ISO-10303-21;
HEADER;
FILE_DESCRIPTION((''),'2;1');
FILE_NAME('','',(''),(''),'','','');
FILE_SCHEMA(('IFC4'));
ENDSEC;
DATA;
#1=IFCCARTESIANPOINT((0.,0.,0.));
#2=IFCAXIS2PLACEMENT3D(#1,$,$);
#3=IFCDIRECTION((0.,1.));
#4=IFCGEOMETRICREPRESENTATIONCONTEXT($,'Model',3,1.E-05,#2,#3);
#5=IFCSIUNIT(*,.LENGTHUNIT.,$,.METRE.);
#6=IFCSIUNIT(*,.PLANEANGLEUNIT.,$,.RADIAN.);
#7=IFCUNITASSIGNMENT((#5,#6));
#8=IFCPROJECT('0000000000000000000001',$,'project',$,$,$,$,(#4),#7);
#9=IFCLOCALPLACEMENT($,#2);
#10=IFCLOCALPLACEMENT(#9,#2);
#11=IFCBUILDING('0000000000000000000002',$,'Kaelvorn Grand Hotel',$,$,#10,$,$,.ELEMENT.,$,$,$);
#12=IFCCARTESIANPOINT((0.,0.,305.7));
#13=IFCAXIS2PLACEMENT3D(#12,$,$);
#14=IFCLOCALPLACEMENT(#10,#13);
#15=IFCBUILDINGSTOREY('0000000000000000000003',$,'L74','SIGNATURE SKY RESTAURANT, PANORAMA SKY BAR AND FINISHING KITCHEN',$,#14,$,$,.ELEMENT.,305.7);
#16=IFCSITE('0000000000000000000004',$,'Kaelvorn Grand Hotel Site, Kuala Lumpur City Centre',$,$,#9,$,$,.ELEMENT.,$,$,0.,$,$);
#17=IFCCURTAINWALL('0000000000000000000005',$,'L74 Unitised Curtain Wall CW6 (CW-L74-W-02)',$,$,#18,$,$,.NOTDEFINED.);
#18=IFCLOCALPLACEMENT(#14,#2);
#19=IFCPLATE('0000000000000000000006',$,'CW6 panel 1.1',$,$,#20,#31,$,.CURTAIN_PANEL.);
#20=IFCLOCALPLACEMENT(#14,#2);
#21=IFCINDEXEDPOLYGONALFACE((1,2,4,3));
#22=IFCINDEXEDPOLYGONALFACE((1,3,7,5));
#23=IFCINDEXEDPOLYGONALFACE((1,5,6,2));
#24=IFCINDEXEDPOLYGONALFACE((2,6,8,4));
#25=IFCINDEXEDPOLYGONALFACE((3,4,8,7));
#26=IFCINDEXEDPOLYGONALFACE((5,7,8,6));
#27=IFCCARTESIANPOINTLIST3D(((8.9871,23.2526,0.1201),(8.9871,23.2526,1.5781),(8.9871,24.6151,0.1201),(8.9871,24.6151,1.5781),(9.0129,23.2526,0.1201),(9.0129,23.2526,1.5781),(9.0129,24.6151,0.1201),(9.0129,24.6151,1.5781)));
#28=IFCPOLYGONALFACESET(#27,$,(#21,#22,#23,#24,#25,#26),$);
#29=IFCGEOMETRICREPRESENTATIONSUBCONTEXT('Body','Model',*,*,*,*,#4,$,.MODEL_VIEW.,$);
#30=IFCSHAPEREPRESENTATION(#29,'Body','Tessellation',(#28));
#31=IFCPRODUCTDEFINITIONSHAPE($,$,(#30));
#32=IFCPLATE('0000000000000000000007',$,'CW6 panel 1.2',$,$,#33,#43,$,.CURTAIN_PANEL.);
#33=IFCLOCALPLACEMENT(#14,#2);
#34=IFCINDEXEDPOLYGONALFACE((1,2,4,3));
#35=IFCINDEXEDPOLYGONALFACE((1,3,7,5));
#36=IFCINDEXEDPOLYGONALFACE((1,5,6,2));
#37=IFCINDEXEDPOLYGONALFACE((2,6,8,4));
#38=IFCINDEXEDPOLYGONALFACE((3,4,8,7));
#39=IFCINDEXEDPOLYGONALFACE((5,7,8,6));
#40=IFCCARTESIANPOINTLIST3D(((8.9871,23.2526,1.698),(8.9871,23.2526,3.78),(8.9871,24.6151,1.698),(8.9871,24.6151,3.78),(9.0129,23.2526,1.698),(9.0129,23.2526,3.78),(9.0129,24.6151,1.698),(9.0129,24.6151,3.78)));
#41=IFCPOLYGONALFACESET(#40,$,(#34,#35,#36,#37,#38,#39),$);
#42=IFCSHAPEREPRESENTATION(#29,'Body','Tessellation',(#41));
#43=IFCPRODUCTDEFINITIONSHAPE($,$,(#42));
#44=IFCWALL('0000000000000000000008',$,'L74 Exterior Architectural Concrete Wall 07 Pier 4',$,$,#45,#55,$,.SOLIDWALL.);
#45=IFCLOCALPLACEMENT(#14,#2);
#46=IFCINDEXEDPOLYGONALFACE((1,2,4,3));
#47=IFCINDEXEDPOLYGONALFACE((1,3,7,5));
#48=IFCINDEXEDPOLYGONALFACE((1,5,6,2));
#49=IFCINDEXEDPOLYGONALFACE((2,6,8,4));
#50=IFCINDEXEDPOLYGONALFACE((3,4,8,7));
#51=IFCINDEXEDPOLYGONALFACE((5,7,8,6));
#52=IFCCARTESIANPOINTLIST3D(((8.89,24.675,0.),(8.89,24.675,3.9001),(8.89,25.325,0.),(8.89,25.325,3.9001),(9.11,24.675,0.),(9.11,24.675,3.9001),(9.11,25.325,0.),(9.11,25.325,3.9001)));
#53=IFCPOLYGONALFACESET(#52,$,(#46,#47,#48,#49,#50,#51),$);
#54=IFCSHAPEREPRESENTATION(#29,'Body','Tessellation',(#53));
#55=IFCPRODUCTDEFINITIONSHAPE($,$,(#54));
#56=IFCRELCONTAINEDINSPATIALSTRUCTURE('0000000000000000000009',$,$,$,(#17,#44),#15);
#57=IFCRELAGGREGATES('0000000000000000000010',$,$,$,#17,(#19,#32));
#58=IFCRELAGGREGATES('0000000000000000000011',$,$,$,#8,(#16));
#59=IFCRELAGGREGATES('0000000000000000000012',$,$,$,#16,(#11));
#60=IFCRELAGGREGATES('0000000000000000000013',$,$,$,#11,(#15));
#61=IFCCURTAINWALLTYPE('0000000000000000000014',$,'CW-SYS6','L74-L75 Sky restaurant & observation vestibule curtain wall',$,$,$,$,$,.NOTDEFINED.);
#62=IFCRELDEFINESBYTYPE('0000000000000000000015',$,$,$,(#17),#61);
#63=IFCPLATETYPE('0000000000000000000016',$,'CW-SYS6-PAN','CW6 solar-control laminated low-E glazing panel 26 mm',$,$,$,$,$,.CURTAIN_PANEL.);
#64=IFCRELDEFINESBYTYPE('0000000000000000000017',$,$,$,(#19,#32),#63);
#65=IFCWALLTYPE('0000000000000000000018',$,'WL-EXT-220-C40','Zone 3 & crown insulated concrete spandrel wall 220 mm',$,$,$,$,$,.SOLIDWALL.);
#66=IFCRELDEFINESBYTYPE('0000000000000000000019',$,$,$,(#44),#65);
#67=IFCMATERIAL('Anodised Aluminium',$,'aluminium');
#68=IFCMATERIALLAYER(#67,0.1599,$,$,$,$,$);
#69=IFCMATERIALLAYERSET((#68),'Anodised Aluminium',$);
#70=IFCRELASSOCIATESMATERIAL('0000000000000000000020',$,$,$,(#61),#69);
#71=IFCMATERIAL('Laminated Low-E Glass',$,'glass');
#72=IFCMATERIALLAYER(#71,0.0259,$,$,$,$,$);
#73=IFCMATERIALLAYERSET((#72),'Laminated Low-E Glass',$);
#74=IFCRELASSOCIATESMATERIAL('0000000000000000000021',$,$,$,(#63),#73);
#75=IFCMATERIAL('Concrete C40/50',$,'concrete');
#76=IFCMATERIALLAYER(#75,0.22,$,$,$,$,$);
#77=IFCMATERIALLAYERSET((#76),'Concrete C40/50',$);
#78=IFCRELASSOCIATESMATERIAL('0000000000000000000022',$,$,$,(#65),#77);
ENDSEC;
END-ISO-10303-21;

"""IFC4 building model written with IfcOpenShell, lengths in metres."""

from ifc_helpers import new_model, si_unit, direction, frame, frame_2d, origin, origin_2d, place, context, subcontext, project, spatial, rectangle, extrude, material, layer, layer_set, type_object, element, aggregate, save


model = new_model("IFC4")

# Units and contexts
model_context = context("Model", 3, precision=1e-05, world=origin(), true_north=direction((0.0, 1.0)))
body_context = subcontext(model_context, "Body", "Model", "MODEL_VIEW")
ifc_project = project(units=[si_unit("LENGTHUNIT", "METRE"), si_unit("PLANEANGLEUNIT", "RADIAN")], contexts=[model_context])

# Site, building, storey
site_placement = place(None, origin())
site = spatial("IfcSite", under=ifc_project, at=site_placement, Name="Kaelvorn Grand Hotel Site, Kuala Lumpur City Centre", CompositionType="ELEMENT", RefElevation=0.0)
building_placement = place(site_placement, origin())
building = spatial("IfcBuilding", under=site, at=building_placement, Name="Kaelvorn Grand Hotel", CompositionType="ELEMENT")
storey_placement = place(building_placement, frame((0.0, 0.0, 305.7)))
storey = spatial("IfcBuildingStorey", under=building, at=storey_placement, Name="L74", Description="SIGNATURE SKY RESTAURANT, PANORAMA SKY BAR AND FINISHING KITCHEN", CompositionType="ELEMENT", Elevation=305.7)

# Curtain wall
ifc_material_1 = material(Name="Anodised Aluminium", Category="aluminium")
ifc_layer_1 = layer(ifc_material_1, 0.1599)
ifc_layer_set_1 = layer_set([ifc_layer_1], Name="Anodised Aluminium")
curtain_wall_type = type_object("IfcCurtainWallType", Name="CW-SYS6", Description="L74-L75 Sky restaurant & observation vestibule curtain wall", PredefinedType="NOTDEFINED", material=ifc_layer_set_1)
curtain_wall_1_placement = place(storey_placement, origin())
curtain_wall_1 = element("IfcCurtainWall", 1, at=curtain_wall_1_placement, inside=storey, type_object=curtain_wall_type, Name="L74 Unitised Curtain Wall CW6 (CW-L74-W-02)", PredefinedType="NOTDEFINED")

# Plates
ifc_material_2 = material(Name="Laminated Low-E Glass", Category="glass")
ifc_layer_2 = layer(ifc_material_2, 0.0259)
ifc_layer_set_2 = layer_set([ifc_layer_2], Name="Laminated Low-E Glass")
plate_type = type_object("IfcPlateType", Name="CW-SYS6-PAN", Description="CW6 solar-control laminated low-E glazing panel 26 mm", PredefinedType="CURTAIN_PANEL", material=ifc_layer_set_2)
plate_1_placement = place(storey_placement, frame((9.0, 23.9338, 0.1201), z_axis=(0.0, 0.0, 1.0), x_axis=(0.0, -1.0, 0.0)))
plate_1 = element("IfcPlate", 2, at=plate_1_placement, type_object=plate_type, Name="CW6 panel 1.1", PredefinedType="CURTAIN_PANEL", context=body_context, shape_type="SweptSolid", body=[
    extrude(rectangle(XDim=1.3625, YDim=0.0259, at=origin_2d()), origin(), (0.0, 0.0, 1.0), 1.458),
])
plate_2_placement = place(storey_placement, frame((9.0, 23.9338, 1.698), z_axis=(0.0, 0.0, 1.0), x_axis=(0.0, -1.0, 0.0)))
plate_2 = element("IfcPlate", 3, at=plate_2_placement, type_object=plate_type, Name="CW6 panel 1.2", PredefinedType="CURTAIN_PANEL", context=body_context, shape_type="SweptSolid", body=[
    extrude(rectangle(XDim=1.3625, YDim=0.0259, at=origin_2d()), origin(), (0.0, 0.0, 1.0), 2.082),
])
aggregate(curtain_wall_1, [plate_1, plate_2])

# Wall
ifc_material_3 = material(Name="Concrete C40/50", Category="concrete")
ifc_layer_3 = layer(ifc_material_3, 0.22)
ifc_layer_set_3 = layer_set([ifc_layer_3], Name="Concrete C40/50")
wall_type = type_object("IfcWallType", Name="WL-EXT-220-C40", Description="Zone 3 & crown insulated concrete spandrel wall 220 mm", PredefinedType="SOLIDWALL", material=ifc_layer_set_3)
wall_placement = place(storey_placement, frame((9.0, 25.325, 0.0), z_axis=(0.0, 0.0, 1.0), x_axis=(0.0, -1.0, 0.0)))
element("IfcWall", 4, at=wall_placement, inside=storey, type_object=wall_type, Name="L74 Exterior Architectural Concrete Wall 07 Pier 4", PredefinedType="SOLIDWALL", context=body_context, shape_type="SweptSolid", body=[
    extrude(rectangle(XDim=0.6499, YDim=0.22, at=frame_2d((0.325, 0.0))), origin(), (0.0, 0.0, 1.0), 3.9001),
])

save(model, "model.ifc")
